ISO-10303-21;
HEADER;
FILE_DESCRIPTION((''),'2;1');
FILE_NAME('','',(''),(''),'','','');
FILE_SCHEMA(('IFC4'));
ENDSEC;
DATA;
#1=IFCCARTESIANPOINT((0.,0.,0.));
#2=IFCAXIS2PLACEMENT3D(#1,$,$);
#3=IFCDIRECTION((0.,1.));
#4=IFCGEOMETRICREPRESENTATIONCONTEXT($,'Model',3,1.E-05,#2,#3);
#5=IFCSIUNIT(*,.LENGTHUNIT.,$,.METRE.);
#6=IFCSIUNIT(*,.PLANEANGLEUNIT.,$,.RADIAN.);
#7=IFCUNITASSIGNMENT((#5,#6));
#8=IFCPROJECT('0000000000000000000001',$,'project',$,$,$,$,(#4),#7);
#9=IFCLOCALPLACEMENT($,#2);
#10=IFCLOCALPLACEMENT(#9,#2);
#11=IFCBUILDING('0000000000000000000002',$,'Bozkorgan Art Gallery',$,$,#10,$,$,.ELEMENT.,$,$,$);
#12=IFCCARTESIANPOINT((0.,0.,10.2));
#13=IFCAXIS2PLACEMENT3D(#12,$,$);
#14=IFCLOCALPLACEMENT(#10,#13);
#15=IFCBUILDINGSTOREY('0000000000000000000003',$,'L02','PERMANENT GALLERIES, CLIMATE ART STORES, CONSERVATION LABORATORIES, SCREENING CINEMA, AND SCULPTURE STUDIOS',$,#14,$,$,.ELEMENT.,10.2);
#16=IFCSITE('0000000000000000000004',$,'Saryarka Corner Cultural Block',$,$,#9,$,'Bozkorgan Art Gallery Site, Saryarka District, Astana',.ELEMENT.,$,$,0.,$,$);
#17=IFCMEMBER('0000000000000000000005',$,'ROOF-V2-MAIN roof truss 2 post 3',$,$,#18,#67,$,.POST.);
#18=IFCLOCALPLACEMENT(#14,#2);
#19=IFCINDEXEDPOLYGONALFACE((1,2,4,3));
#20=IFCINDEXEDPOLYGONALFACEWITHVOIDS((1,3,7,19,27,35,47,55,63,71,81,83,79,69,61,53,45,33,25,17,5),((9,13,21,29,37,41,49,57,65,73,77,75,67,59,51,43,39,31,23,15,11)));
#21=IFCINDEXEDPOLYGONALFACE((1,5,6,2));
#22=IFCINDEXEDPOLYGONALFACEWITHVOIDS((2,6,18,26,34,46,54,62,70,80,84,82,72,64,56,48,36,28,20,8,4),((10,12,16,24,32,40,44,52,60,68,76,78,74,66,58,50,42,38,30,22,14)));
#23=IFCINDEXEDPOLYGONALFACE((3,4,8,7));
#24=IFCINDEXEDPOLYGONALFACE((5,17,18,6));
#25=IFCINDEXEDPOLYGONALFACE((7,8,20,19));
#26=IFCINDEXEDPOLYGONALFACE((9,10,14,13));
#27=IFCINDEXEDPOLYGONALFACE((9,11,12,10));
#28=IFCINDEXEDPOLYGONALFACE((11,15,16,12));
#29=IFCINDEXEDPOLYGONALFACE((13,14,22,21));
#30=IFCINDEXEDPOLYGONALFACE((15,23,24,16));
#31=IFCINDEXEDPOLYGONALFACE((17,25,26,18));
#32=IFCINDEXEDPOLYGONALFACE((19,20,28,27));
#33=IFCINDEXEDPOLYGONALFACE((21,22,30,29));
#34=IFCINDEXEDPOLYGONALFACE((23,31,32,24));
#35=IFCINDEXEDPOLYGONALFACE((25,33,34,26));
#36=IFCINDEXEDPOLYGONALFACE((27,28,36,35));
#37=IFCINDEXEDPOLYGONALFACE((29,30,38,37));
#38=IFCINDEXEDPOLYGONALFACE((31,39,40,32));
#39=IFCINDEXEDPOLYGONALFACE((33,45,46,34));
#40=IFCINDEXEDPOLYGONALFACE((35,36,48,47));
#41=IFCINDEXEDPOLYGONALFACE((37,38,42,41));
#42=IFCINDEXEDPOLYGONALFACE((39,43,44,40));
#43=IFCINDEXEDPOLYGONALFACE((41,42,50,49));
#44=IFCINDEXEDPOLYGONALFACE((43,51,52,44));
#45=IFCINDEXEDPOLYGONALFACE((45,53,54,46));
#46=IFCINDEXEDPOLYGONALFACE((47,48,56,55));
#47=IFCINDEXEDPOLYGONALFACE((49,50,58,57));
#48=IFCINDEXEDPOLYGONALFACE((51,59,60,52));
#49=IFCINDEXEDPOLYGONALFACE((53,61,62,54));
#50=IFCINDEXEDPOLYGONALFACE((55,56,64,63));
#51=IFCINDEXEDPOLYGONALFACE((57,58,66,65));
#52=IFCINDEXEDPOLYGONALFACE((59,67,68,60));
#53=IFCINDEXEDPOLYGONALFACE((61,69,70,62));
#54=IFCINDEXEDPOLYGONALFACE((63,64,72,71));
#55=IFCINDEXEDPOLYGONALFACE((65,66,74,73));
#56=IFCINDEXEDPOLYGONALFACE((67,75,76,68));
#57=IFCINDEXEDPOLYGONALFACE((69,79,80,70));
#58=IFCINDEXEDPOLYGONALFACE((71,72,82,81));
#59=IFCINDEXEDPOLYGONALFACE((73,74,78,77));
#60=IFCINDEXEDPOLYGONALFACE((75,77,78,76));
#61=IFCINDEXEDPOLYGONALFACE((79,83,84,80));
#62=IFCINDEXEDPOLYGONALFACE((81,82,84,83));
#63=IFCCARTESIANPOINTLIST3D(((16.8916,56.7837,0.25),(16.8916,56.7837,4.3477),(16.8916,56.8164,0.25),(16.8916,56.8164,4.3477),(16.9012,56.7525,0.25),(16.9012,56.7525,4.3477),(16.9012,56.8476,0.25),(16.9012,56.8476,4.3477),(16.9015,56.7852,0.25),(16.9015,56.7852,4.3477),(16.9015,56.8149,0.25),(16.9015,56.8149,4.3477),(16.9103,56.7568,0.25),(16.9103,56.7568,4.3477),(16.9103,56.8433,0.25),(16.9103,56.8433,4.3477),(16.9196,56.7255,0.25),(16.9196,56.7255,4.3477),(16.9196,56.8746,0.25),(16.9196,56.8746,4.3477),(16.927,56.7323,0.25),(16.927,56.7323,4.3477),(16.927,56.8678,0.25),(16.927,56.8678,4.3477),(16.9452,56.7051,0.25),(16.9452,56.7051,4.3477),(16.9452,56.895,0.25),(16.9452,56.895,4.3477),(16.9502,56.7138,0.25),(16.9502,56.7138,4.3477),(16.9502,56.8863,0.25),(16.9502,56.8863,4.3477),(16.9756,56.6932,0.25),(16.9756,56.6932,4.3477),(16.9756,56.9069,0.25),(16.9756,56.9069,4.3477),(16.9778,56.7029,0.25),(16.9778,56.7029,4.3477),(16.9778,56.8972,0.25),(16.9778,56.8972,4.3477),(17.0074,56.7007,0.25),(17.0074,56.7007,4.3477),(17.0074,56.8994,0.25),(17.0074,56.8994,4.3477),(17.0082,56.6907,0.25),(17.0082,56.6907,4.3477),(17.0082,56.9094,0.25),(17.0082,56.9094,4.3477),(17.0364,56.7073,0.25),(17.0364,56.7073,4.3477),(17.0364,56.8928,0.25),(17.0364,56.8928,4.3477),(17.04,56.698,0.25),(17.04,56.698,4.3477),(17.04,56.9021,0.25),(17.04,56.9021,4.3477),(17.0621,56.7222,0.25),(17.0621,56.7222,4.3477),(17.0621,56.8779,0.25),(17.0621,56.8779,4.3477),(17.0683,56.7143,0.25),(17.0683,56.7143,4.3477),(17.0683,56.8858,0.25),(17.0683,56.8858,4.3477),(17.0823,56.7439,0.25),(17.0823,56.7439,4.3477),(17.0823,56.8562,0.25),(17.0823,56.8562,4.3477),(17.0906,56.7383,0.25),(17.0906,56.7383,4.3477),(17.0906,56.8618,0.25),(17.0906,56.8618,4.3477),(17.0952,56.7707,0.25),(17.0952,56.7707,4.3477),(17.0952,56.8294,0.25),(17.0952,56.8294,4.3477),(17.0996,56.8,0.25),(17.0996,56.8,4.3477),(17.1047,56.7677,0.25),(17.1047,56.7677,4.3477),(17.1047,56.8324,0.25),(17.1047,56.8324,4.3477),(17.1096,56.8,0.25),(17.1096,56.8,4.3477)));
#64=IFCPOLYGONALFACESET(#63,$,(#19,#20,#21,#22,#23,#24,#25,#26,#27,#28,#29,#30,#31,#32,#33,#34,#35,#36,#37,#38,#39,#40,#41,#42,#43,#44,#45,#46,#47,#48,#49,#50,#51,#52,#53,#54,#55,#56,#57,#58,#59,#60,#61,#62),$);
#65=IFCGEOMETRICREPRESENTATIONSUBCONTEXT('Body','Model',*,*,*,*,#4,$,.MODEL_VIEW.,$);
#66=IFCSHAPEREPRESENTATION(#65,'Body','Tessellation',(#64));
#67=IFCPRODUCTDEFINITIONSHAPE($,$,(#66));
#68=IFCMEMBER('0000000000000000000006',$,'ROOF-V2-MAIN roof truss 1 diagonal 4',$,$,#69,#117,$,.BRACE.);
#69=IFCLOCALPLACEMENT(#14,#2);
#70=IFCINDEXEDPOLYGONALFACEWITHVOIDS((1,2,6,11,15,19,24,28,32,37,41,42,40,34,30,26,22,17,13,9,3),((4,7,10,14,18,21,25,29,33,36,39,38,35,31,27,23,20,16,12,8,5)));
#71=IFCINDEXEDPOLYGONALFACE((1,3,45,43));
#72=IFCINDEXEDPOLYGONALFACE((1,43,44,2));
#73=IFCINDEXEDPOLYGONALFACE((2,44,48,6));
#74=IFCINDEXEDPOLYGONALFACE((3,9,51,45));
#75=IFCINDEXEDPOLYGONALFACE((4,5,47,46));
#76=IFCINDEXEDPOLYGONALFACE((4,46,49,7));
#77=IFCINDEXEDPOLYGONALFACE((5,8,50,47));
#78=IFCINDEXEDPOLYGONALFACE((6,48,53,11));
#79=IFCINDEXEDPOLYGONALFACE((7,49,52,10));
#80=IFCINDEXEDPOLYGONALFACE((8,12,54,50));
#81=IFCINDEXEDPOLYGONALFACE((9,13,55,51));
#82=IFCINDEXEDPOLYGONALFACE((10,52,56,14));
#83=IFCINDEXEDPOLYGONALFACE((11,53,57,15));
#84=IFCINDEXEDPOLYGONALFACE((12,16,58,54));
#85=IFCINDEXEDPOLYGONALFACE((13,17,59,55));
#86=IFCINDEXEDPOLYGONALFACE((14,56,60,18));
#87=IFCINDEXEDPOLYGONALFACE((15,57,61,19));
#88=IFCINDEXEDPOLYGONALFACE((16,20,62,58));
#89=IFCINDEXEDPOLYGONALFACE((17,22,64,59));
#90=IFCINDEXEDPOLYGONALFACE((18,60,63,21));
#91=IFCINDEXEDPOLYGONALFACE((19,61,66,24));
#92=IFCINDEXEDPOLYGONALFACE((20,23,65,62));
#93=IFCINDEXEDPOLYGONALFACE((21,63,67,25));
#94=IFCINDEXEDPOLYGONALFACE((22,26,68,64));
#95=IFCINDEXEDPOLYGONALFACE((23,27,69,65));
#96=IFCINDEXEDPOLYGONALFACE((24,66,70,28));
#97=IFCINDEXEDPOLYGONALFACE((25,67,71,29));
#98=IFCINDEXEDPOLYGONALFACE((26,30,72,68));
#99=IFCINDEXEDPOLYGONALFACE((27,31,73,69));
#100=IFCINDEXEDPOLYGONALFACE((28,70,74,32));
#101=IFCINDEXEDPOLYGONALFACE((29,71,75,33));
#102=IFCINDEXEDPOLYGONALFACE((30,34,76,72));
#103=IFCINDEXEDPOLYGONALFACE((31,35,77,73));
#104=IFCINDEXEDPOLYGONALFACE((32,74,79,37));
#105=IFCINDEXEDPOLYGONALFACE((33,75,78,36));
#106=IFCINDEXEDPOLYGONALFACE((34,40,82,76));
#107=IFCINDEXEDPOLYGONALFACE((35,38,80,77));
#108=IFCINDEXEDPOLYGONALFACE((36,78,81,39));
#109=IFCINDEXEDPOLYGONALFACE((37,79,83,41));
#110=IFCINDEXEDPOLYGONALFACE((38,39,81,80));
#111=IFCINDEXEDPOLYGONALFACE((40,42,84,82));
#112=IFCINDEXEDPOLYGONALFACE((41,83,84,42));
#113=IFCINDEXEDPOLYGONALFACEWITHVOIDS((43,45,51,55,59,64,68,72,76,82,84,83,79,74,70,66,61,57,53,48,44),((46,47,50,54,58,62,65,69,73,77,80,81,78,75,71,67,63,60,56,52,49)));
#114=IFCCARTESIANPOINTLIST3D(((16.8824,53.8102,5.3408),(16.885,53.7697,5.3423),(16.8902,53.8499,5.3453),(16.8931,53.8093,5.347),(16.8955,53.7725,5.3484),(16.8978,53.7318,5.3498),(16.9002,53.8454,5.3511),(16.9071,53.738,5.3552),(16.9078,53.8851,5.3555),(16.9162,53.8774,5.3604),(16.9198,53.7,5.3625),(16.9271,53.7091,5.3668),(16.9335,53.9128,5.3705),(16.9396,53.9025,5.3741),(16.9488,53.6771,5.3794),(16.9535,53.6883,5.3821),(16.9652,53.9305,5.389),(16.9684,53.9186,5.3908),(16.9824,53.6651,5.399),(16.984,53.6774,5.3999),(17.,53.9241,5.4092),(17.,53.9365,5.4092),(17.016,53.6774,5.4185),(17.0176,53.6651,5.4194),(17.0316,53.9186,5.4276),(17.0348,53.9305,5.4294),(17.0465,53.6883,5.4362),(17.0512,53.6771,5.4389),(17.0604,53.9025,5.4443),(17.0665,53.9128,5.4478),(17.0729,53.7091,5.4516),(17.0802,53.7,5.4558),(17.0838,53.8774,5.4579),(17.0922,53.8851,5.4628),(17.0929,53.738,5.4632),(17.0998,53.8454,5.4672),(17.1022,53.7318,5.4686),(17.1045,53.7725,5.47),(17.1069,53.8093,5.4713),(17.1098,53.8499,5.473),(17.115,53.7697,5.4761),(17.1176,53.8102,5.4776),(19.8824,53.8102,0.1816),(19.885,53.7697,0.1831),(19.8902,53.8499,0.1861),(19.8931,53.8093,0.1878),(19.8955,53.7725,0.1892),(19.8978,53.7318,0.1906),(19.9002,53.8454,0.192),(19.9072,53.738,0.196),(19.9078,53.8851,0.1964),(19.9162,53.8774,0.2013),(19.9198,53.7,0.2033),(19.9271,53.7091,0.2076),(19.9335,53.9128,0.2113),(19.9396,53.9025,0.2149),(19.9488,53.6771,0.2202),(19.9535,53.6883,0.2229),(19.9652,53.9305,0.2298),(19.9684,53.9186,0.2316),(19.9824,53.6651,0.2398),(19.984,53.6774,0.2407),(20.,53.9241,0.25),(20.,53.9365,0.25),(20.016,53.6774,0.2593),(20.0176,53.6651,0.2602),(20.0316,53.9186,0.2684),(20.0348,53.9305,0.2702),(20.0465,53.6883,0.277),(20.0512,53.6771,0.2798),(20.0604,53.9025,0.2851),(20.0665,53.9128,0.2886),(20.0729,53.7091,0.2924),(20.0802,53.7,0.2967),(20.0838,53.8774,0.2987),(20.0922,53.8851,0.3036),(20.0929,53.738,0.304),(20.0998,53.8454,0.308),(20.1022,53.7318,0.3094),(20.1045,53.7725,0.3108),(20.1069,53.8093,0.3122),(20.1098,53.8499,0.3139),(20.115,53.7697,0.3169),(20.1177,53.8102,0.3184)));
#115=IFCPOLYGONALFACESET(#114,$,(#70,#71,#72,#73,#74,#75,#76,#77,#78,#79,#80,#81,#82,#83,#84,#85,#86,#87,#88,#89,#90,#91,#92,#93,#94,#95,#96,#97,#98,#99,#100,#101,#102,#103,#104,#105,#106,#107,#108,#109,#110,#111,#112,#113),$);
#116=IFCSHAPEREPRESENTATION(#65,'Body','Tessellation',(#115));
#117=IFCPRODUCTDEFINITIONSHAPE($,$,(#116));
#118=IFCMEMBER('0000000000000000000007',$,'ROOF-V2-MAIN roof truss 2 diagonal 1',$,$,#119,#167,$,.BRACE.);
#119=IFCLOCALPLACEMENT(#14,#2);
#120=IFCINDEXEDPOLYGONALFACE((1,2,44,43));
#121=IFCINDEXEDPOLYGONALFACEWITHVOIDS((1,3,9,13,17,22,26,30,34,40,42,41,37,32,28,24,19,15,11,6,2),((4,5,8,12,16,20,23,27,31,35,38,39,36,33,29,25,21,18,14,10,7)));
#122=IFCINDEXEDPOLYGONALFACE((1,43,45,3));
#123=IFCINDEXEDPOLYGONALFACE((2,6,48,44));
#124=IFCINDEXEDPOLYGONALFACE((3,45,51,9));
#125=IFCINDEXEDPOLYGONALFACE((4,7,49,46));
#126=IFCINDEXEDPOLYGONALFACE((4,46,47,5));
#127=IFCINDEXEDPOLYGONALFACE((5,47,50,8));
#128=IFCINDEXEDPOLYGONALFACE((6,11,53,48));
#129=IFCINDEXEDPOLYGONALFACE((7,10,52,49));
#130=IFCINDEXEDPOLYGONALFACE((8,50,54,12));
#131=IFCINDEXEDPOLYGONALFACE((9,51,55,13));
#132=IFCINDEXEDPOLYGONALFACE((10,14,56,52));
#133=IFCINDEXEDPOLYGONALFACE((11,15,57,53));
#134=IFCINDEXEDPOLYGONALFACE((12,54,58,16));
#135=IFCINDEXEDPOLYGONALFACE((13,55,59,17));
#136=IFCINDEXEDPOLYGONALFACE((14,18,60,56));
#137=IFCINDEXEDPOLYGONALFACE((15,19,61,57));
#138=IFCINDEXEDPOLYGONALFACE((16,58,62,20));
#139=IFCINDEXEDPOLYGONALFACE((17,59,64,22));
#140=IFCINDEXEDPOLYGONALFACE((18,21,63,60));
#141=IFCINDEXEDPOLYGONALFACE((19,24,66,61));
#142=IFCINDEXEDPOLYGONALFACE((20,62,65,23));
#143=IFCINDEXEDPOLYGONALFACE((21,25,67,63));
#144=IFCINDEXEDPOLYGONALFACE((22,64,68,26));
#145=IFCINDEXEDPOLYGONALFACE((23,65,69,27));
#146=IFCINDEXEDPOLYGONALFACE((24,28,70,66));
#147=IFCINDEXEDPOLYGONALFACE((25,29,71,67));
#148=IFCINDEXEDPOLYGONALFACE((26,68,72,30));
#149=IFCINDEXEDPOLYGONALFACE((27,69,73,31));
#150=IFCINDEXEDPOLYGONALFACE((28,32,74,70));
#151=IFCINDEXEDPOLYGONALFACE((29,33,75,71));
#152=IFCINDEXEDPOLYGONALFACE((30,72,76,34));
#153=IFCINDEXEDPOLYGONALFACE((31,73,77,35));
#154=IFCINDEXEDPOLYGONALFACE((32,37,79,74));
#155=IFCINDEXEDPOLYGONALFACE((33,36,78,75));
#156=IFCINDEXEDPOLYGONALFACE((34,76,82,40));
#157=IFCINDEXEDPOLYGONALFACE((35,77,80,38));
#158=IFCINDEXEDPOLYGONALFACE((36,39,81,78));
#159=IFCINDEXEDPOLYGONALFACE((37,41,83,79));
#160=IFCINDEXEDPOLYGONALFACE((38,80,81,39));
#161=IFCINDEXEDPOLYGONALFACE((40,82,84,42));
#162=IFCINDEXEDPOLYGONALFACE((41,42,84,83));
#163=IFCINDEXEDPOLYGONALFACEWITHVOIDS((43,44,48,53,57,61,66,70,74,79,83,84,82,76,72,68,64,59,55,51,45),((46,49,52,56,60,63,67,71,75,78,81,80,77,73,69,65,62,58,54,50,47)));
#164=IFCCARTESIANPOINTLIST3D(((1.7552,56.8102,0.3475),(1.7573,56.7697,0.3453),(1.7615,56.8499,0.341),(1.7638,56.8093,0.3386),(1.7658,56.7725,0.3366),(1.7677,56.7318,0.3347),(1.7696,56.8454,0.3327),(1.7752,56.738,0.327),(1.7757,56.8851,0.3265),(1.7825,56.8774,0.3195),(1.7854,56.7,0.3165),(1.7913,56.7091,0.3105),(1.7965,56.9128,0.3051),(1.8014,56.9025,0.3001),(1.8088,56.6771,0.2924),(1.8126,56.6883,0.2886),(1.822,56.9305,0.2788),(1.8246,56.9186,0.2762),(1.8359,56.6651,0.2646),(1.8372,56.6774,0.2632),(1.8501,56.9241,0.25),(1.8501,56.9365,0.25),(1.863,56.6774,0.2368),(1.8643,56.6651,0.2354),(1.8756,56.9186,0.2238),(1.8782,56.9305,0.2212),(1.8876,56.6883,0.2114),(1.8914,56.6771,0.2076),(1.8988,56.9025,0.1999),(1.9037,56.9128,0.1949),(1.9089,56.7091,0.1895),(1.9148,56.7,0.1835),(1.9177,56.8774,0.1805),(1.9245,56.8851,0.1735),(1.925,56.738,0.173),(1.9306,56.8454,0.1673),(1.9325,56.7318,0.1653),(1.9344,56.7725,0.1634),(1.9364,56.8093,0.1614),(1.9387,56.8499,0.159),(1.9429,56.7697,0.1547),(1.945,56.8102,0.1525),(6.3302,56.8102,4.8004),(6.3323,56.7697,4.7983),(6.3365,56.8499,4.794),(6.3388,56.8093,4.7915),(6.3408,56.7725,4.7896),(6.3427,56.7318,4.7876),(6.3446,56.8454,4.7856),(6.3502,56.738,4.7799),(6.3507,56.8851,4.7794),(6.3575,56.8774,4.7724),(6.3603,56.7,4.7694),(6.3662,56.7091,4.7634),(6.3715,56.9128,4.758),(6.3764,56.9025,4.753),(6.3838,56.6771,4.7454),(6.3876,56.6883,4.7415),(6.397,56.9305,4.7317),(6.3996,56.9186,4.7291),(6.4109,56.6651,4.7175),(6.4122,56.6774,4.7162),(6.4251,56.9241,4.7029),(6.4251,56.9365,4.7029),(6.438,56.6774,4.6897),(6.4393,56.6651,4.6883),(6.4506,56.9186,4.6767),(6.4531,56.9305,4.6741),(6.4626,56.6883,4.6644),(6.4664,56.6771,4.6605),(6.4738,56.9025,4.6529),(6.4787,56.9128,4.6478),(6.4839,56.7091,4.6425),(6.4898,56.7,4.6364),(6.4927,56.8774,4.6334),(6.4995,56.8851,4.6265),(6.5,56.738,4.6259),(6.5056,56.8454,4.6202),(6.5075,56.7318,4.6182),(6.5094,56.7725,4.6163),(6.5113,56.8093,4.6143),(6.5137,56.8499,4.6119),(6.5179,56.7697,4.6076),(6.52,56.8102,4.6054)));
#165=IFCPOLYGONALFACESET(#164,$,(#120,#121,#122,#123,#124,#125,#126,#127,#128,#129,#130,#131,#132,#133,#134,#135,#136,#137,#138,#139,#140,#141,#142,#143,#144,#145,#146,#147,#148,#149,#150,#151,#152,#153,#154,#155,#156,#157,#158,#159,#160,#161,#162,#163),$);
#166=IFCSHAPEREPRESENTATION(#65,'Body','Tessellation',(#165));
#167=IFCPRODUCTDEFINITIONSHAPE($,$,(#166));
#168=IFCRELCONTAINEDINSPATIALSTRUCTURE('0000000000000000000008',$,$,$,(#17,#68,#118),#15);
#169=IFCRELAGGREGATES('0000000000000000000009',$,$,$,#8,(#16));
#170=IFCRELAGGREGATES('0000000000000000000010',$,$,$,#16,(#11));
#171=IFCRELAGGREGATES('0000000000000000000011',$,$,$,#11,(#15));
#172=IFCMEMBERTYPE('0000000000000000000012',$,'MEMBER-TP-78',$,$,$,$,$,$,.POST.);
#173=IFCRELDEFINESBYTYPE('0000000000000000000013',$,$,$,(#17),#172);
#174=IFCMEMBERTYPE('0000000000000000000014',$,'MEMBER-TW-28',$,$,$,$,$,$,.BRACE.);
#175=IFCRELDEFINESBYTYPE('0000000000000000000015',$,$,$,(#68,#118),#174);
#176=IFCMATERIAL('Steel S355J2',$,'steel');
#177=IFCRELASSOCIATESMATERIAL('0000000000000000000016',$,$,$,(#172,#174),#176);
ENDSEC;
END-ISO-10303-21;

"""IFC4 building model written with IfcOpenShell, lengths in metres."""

from ifc_helpers import new_model, si_unit, direction, frame, origin, origin_2d, place, context, subcontext, project, spatial, hollow_circle, extrude, material, material_profile, profile_set, type_object, element, save


model = new_model("IFC4")

# Units and contexts
model_context = context("Model", 3, precision=1e-05, world=origin(), true_north=direction((0.0, 1.0)))
body_context = subcontext(model_context, "Body", "Model", "MODEL_VIEW")
ifc_project = project(units=[si_unit("LENGTHUNIT", "METRE"), si_unit("PLANEANGLEUNIT", "RADIAN")], contexts=[model_context])

# Site, building, storey
site_placement = place(None, origin())
site = spatial("IfcSite", under=ifc_project, at=site_placement, Name="Saryarka Corner Cultural Block", LongName="Bozkorgan Art Gallery Site, Saryarka District, Astana", CompositionType="ELEMENT", RefElevation=0.0)
building_placement = place(site_placement, origin())
building = spatial("IfcBuilding", under=site, at=building_placement, Name="Bozkorgan Art Gallery", CompositionType="ELEMENT")
storey_placement = place(building_placement, frame((0.0, 0.0, 10.2)))
storey = spatial("IfcBuildingStorey", under=building, at=storey_placement, Name="L02", Description="PERMANENT GALLERIES, CLIMATE ART STORES, CONSERVATION LABORATORIES, SCREENING CINEMA, AND SCULPTURE STUDIOS", CompositionType="ELEMENT", Elevation=10.2)

# Shared definitions
ifc_material_1 = material(Name="Steel S355J2", Category="steel")

# Members
ifc_material_profile_1 = material_profile(ifc_material_1, hollow_circle(Radius=0.1096, WallThickness=0.01, at=origin_2d()), Name="CHS 219.1x10")
ifc_profile_set_1 = profile_set([ifc_material_profile_1], Name="Steel S355J2")
member_type_1 = type_object("IfcMemberType", Name="MEMBER-TP-78", PredefinedType="POST", material=ifc_profile_set_1)
member_1_placement = place(storey_placement, frame((17.0, 56.8, 0.25), z_axis=(0.0, 0.0, 1.0), x_axis=(1.0, 0.0, 0.0)))
element("IfcMember", 1, at=member_1_placement, inside=storey, type_object=member_type_1, Name="ROOF-V2-MAIN roof truss 2 post 3", PredefinedType="POST", context=body_context, shape_type="SweptSolid", body=[
    extrude(hollow_circle(Radius=0.1096, WallThickness=0.01, at=origin_2d()), origin(), (0.0, 0.0, 1.0), 4.0977),
])
ifc_material_profile_2 = material_profile(ifc_material_1, hollow_circle(Radius=0.1365, WallThickness=0.0125, at=origin_2d()), Name="CHS 273x12.5")
ifc_profile_set_2 = profile_set([ifc_material_profile_2], Name="Steel S355J2")
member_type_2 = type_object("IfcMemberType", Name="MEMBER-TW-28", PredefinedType="BRACE", material=ifc_profile_set_2)
member_2_placement = place(storey_placement, frame((17.0, 53.8, 5.4092), z_axis=(0.50268, 0.0, -0.864472), x_axis=(0.0, 1.0, 0.0)))
element("IfcMember", 2, at=member_2_placement, inside=storey, type_object=member_type_2, Name="ROOF-V2-MAIN roof truss 1 diagonal 4", PredefinedType="BRACE", context=body_context, shape_type="SweptSolid", body=[
    extrude(hollow_circle(Radius=0.1365, WallThickness=0.0125, at=origin_2d()), origin(), (0.0, 0.0, 1.0), 5.968),
])
for number, where, z_axis, x_axis, name in (
    (3, (1.8501, 56.8, 0.25), (0.716602, 0.0, 0.697482), (0.0, 1.0, 0.0), "ROOF-V2-MAIN roof truss 2 diagonal 1"),
):
    element("IfcMember", number, at=place(storey_placement, frame(where, z_axis=z_axis, x_axis=x_axis)), inside=storey, type_object=member_type_2, Name=name, PredefinedType="BRACE", context=body_context, shape_type="SweptSolid", body=[
        extrude(hollow_circle(Radius=0.1365, WallThickness=0.0125, at=origin_2d()), origin(), (0.0, 0.0, 1.0), 6.3843),
    ])

save(model, "model.ifc")
